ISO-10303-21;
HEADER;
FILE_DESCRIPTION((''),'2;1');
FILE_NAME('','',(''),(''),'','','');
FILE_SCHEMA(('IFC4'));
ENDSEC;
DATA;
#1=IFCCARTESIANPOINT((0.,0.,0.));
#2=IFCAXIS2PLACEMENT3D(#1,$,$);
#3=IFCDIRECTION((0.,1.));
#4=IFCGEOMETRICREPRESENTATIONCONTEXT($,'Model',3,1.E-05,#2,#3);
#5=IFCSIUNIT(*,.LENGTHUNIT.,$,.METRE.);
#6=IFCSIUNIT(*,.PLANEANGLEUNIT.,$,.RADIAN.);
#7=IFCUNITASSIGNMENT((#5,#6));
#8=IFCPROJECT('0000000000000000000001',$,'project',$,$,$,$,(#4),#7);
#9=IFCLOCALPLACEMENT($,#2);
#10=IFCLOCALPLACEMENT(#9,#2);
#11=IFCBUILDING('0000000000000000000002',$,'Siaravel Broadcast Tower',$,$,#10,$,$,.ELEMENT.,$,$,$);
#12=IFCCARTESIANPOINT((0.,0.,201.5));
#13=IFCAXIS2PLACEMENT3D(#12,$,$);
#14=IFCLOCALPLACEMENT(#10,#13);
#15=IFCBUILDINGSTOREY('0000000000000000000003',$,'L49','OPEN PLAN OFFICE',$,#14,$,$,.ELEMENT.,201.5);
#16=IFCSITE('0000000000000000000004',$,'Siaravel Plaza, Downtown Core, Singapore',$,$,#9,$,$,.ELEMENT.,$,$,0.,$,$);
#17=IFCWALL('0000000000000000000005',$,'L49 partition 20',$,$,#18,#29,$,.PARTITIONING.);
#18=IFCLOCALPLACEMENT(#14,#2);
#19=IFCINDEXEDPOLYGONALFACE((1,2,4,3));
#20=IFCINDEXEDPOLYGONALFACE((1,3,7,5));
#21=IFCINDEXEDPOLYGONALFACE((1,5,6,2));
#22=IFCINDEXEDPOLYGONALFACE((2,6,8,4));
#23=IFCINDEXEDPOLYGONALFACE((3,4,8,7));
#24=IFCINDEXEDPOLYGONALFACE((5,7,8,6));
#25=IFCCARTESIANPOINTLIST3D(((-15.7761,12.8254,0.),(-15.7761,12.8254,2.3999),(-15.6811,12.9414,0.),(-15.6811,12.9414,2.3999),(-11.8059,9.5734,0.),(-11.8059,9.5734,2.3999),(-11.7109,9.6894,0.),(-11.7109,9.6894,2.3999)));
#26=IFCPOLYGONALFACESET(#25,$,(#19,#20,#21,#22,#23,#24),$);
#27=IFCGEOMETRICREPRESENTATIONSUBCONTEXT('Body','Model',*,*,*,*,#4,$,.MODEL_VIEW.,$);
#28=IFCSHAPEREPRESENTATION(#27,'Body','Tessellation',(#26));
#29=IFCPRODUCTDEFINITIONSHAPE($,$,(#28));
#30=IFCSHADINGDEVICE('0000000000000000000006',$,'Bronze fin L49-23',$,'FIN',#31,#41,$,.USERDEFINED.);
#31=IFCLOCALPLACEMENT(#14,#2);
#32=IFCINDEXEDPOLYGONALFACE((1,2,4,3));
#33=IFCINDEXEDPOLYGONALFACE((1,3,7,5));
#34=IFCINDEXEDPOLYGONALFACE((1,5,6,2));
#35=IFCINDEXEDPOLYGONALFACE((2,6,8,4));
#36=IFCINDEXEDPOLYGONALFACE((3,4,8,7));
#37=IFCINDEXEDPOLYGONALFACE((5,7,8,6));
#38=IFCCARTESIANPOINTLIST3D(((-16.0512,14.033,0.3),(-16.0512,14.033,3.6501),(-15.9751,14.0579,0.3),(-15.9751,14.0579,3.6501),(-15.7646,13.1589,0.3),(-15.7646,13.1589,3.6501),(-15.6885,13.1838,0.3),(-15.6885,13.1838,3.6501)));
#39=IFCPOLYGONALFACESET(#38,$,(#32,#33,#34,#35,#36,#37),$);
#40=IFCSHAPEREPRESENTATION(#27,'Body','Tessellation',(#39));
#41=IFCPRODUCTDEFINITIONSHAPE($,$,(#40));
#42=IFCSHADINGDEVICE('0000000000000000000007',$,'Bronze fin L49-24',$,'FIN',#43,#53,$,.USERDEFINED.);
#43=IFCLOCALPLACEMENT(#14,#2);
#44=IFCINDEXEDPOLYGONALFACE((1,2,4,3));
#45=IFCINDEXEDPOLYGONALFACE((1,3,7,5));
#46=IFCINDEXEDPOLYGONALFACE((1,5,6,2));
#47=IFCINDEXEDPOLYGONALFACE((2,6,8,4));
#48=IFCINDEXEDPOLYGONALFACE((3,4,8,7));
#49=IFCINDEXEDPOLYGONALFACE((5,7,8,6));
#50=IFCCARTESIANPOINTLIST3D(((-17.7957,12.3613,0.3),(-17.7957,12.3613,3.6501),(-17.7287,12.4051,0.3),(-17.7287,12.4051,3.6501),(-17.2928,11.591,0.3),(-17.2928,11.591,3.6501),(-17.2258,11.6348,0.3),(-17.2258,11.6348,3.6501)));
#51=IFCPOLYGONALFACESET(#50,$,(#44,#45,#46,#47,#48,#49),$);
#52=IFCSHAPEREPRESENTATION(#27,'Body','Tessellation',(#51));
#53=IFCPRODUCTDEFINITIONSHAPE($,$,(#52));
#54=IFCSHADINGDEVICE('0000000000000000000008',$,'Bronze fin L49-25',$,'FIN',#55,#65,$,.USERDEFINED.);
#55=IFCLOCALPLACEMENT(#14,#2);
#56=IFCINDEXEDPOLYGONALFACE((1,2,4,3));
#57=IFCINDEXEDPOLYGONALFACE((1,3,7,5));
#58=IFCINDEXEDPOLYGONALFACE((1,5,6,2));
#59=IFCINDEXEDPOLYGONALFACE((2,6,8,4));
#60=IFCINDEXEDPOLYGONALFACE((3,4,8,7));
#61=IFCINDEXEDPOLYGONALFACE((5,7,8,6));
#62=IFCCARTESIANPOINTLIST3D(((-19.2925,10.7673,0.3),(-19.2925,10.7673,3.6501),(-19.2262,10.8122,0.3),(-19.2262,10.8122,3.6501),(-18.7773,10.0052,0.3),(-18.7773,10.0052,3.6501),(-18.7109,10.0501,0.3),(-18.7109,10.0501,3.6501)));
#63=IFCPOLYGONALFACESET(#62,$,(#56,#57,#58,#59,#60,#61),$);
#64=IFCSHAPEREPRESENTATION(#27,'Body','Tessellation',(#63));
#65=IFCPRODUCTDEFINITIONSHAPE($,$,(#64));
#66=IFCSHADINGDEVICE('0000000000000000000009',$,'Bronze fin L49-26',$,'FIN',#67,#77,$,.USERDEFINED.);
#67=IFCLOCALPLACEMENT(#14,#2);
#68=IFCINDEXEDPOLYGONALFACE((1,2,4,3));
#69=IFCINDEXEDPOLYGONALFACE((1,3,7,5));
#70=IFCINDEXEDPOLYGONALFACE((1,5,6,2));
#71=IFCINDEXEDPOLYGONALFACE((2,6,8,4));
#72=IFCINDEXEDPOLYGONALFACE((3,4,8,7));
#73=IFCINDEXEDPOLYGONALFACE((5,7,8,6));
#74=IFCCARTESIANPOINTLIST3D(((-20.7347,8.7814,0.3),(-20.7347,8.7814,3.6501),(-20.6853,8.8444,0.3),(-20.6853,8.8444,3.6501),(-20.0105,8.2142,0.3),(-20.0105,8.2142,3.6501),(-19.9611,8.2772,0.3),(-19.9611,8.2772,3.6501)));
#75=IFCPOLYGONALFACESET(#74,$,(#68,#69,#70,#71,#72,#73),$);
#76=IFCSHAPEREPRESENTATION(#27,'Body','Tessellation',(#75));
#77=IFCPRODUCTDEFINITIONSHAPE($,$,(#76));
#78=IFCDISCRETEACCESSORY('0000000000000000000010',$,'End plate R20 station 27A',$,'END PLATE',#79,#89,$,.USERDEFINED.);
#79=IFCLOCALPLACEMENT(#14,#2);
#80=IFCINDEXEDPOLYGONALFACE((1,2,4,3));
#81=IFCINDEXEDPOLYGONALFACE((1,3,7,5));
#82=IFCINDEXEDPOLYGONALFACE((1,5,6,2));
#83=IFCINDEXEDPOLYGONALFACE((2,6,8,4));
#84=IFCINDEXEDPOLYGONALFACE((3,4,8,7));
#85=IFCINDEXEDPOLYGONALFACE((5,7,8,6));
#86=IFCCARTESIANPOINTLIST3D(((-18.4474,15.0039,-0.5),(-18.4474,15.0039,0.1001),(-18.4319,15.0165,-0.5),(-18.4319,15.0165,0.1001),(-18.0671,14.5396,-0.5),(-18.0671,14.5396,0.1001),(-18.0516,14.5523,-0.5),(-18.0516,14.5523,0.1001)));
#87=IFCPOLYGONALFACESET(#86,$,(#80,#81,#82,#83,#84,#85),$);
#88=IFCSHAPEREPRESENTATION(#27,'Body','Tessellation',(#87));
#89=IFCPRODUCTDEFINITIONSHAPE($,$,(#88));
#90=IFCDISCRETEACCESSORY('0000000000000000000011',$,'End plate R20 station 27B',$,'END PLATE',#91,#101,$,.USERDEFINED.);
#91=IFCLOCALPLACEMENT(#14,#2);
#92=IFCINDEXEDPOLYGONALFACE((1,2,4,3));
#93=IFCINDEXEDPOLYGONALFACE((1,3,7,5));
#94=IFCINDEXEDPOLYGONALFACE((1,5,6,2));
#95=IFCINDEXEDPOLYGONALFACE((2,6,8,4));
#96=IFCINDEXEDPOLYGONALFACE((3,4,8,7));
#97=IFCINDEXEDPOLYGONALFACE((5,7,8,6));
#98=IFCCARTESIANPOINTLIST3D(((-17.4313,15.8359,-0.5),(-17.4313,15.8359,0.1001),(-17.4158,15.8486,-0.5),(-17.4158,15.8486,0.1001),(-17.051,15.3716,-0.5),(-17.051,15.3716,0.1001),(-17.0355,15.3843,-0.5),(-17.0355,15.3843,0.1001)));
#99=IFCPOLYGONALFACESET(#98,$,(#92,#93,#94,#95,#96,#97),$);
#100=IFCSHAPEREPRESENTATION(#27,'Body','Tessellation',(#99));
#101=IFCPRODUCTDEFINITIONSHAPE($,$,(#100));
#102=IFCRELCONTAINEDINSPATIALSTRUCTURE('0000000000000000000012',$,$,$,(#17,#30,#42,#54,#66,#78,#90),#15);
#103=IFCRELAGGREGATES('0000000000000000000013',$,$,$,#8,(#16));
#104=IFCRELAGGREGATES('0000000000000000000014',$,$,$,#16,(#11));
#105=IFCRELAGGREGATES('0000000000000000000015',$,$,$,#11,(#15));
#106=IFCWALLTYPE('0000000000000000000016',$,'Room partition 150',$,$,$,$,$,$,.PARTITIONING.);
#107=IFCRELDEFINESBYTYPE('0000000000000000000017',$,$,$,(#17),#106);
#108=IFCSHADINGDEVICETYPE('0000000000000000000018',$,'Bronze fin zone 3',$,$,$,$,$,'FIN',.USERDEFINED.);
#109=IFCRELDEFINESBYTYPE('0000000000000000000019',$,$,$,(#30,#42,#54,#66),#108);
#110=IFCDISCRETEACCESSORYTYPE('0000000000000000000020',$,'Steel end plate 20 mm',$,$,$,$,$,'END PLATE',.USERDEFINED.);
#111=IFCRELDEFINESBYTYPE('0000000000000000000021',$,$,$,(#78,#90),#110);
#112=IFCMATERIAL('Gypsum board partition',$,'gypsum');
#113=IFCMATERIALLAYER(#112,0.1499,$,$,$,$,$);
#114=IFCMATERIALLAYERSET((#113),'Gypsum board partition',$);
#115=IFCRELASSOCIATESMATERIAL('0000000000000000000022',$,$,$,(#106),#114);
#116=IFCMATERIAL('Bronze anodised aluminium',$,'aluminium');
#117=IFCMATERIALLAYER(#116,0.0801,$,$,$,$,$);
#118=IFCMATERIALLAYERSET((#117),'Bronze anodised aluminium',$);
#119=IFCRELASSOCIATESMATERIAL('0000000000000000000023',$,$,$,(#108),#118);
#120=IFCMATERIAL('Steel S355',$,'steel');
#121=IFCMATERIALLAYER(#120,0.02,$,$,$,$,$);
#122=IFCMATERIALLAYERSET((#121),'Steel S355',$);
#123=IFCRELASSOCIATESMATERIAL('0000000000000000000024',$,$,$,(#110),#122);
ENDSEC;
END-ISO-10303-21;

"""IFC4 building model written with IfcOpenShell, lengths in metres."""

from ifc_helpers import new_model, si_unit, direction, frame, frame_2d, origin, origin_2d, place, context, subcontext, project, spatial, rectangle, extrude, material, layer, layer_set, type_object, element, save


model = new_model("IFC4")

# Units and contexts
model_context = context("Model", 3, precision=1e-05, world=origin(), true_north=direction((0.0, 1.0)))
body_context = subcontext(model_context, "Body", "Model", "MODEL_VIEW")
ifc_project = project(units=[si_unit("LENGTHUNIT", "METRE"), si_unit("PLANEANGLEUNIT", "RADIAN")], contexts=[model_context])

# Site, building, storey
site_placement = place(None, origin())
site = spatial("IfcSite", under=ifc_project, at=site_placement, Name="Siaravel Plaza, Downtown Core, Singapore", CompositionType="ELEMENT", RefElevation=0.0)
building_placement = place(site_placement, origin())
building = spatial("IfcBuilding", under=site, at=building_placement, Name="Siaravel Broadcast Tower", CompositionType="ELEMENT")
storey_placement = place(building_placement, frame((0.0, 0.0, 201.5)))
storey = spatial("IfcBuildingStorey", under=building, at=storey_placement, Name="L49", Description="OPEN PLAN OFFICE", CompositionType="ELEMENT", Elevation=201.5)

# Shared definitions
ifc_material_1 = material(Name="Steel S355", Category="steel")

# Wall
ifc_material_2 = material(Name="Gypsum board partition", Category="gypsum")
ifc_layer_1 = layer(ifc_material_2, 0.1499)
ifc_layer_set_1 = layer_set([ifc_layer_1], Name="Gypsum board partition")
wall_type_1 = type_object("IfcWallType", Name="Room partition 150", PredefinedType="PARTITIONING", material=ifc_layer_set_1)
wall_1_placement = place(storey_placement, frame((-15.7285, 12.8833, 0.0), z_axis=(0.0, 0.0, 1.0), x_axis=(0.773614, -0.633657, 0.0)))
element("IfcWall", 1, at=wall_1_placement, inside=storey, type_object=wall_type_1, Name="L49 partition 20", PredefinedType="PARTITIONING", context=body_context, shape_type="SweptSolid", body=[
    extrude(rectangle(XDim=5.1321, YDim=0.1499, at=frame_2d((2.5659, 0.0))), origin(), (0.0, 0.0, 1.0), 2.3999),
])

# Shading devices
ifc_material_3 = material(Name="Bronze anodised aluminium", Category="aluminium")
ifc_layer_2 = layer(ifc_material_3, 0.0801)
ifc_layer_set_2 = layer_set([ifc_layer_2], Name="Bronze anodised aluminium")
shading_device_type = type_object("IfcShadingDeviceType", Name="Bronze fin zone 3", ElementType="FIN", PredefinedType="USERDEFINED", material=ifc_layer_set_2)
for number, where, z_axis, x_axis, name in (
    (2, (-15.8699, 13.6084, 0.3), (0.0, 0.0, 1.0), (-0.311567, 0.950224, 0.0), "Bronze fin L49-23"),
    (3, (-17.5107, 11.998, 0.3), (0.0, 0.0, 1.0), (-0.546691, 0.837334, 0.0), "Bronze fin L49-24"),
    (4, (-19.0017, 10.4087, 0.3), (0.0, 0.0, 1.0), (-0.560103, 0.828423, 0.0), "Bronze fin L49-25"),
    (5, (-20.3479, 8.5293, 0.3), (0.0, 0.0, 1.0), (-0.787275, 0.616602, 0.0), "Bronze fin L49-26"),
):
    element("IfcShadingDevice", number, at=place(storey_placement, frame(where, z_axis=z_axis, x_axis=x_axis)), inside=storey, type_object=shading_device_type, Name=name, ObjectType="FIN", PredefinedType="USERDEFINED", context=body_context, shape_type="SweptSolid", body=[
        extrude(rectangle(XDim=0.9199, YDim=0.0801, at=origin_2d()), origin(), (0.0, 0.0, 1.0), 3.3501),
    ])

# Discrete accessories
ifc_layer_3 = layer(ifc_material_1, 0.02)
ifc_layer_set_3 = layer_set([ifc_layer_3], Name="Steel S355")
discrete_accessory_type = type_object("IfcDiscreteAccessoryType", Name="Steel end plate 20 mm", ElementType="END PLATE", PredefinedType="USERDEFINED", material=ifc_layer_set_3)
for number, where, z_axis, x_axis, name in (
    (6, (-18.2495, 14.7781, -0.5), (0.0, 0.0, 1.0), (-0.773605, -0.633669, 0.0), "End plate R20 station 27A"),
    (7, (-17.2334, 15.6101, -0.5), (0.0, 0.0, 1.0), (-0.773605, -0.633669, 0.0), "End plate R20 station 27B"),
):
    element("IfcDiscreteAccessory", number, at=place(storey_placement, frame(where, z_axis=z_axis, x_axis=x_axis)), inside=storey, type_object=discrete_accessory_type, Name=name, ObjectType="END PLATE", PredefinedType="USERDEFINED", context=body_context, shape_type="SweptSolid", body=[
        extrude(rectangle(XDim=0.02, YDim=0.6001, at=origin_2d()), origin(), (0.0, 0.0, 1.0), 0.6001),
    ])

save(model, "model.ifc")
